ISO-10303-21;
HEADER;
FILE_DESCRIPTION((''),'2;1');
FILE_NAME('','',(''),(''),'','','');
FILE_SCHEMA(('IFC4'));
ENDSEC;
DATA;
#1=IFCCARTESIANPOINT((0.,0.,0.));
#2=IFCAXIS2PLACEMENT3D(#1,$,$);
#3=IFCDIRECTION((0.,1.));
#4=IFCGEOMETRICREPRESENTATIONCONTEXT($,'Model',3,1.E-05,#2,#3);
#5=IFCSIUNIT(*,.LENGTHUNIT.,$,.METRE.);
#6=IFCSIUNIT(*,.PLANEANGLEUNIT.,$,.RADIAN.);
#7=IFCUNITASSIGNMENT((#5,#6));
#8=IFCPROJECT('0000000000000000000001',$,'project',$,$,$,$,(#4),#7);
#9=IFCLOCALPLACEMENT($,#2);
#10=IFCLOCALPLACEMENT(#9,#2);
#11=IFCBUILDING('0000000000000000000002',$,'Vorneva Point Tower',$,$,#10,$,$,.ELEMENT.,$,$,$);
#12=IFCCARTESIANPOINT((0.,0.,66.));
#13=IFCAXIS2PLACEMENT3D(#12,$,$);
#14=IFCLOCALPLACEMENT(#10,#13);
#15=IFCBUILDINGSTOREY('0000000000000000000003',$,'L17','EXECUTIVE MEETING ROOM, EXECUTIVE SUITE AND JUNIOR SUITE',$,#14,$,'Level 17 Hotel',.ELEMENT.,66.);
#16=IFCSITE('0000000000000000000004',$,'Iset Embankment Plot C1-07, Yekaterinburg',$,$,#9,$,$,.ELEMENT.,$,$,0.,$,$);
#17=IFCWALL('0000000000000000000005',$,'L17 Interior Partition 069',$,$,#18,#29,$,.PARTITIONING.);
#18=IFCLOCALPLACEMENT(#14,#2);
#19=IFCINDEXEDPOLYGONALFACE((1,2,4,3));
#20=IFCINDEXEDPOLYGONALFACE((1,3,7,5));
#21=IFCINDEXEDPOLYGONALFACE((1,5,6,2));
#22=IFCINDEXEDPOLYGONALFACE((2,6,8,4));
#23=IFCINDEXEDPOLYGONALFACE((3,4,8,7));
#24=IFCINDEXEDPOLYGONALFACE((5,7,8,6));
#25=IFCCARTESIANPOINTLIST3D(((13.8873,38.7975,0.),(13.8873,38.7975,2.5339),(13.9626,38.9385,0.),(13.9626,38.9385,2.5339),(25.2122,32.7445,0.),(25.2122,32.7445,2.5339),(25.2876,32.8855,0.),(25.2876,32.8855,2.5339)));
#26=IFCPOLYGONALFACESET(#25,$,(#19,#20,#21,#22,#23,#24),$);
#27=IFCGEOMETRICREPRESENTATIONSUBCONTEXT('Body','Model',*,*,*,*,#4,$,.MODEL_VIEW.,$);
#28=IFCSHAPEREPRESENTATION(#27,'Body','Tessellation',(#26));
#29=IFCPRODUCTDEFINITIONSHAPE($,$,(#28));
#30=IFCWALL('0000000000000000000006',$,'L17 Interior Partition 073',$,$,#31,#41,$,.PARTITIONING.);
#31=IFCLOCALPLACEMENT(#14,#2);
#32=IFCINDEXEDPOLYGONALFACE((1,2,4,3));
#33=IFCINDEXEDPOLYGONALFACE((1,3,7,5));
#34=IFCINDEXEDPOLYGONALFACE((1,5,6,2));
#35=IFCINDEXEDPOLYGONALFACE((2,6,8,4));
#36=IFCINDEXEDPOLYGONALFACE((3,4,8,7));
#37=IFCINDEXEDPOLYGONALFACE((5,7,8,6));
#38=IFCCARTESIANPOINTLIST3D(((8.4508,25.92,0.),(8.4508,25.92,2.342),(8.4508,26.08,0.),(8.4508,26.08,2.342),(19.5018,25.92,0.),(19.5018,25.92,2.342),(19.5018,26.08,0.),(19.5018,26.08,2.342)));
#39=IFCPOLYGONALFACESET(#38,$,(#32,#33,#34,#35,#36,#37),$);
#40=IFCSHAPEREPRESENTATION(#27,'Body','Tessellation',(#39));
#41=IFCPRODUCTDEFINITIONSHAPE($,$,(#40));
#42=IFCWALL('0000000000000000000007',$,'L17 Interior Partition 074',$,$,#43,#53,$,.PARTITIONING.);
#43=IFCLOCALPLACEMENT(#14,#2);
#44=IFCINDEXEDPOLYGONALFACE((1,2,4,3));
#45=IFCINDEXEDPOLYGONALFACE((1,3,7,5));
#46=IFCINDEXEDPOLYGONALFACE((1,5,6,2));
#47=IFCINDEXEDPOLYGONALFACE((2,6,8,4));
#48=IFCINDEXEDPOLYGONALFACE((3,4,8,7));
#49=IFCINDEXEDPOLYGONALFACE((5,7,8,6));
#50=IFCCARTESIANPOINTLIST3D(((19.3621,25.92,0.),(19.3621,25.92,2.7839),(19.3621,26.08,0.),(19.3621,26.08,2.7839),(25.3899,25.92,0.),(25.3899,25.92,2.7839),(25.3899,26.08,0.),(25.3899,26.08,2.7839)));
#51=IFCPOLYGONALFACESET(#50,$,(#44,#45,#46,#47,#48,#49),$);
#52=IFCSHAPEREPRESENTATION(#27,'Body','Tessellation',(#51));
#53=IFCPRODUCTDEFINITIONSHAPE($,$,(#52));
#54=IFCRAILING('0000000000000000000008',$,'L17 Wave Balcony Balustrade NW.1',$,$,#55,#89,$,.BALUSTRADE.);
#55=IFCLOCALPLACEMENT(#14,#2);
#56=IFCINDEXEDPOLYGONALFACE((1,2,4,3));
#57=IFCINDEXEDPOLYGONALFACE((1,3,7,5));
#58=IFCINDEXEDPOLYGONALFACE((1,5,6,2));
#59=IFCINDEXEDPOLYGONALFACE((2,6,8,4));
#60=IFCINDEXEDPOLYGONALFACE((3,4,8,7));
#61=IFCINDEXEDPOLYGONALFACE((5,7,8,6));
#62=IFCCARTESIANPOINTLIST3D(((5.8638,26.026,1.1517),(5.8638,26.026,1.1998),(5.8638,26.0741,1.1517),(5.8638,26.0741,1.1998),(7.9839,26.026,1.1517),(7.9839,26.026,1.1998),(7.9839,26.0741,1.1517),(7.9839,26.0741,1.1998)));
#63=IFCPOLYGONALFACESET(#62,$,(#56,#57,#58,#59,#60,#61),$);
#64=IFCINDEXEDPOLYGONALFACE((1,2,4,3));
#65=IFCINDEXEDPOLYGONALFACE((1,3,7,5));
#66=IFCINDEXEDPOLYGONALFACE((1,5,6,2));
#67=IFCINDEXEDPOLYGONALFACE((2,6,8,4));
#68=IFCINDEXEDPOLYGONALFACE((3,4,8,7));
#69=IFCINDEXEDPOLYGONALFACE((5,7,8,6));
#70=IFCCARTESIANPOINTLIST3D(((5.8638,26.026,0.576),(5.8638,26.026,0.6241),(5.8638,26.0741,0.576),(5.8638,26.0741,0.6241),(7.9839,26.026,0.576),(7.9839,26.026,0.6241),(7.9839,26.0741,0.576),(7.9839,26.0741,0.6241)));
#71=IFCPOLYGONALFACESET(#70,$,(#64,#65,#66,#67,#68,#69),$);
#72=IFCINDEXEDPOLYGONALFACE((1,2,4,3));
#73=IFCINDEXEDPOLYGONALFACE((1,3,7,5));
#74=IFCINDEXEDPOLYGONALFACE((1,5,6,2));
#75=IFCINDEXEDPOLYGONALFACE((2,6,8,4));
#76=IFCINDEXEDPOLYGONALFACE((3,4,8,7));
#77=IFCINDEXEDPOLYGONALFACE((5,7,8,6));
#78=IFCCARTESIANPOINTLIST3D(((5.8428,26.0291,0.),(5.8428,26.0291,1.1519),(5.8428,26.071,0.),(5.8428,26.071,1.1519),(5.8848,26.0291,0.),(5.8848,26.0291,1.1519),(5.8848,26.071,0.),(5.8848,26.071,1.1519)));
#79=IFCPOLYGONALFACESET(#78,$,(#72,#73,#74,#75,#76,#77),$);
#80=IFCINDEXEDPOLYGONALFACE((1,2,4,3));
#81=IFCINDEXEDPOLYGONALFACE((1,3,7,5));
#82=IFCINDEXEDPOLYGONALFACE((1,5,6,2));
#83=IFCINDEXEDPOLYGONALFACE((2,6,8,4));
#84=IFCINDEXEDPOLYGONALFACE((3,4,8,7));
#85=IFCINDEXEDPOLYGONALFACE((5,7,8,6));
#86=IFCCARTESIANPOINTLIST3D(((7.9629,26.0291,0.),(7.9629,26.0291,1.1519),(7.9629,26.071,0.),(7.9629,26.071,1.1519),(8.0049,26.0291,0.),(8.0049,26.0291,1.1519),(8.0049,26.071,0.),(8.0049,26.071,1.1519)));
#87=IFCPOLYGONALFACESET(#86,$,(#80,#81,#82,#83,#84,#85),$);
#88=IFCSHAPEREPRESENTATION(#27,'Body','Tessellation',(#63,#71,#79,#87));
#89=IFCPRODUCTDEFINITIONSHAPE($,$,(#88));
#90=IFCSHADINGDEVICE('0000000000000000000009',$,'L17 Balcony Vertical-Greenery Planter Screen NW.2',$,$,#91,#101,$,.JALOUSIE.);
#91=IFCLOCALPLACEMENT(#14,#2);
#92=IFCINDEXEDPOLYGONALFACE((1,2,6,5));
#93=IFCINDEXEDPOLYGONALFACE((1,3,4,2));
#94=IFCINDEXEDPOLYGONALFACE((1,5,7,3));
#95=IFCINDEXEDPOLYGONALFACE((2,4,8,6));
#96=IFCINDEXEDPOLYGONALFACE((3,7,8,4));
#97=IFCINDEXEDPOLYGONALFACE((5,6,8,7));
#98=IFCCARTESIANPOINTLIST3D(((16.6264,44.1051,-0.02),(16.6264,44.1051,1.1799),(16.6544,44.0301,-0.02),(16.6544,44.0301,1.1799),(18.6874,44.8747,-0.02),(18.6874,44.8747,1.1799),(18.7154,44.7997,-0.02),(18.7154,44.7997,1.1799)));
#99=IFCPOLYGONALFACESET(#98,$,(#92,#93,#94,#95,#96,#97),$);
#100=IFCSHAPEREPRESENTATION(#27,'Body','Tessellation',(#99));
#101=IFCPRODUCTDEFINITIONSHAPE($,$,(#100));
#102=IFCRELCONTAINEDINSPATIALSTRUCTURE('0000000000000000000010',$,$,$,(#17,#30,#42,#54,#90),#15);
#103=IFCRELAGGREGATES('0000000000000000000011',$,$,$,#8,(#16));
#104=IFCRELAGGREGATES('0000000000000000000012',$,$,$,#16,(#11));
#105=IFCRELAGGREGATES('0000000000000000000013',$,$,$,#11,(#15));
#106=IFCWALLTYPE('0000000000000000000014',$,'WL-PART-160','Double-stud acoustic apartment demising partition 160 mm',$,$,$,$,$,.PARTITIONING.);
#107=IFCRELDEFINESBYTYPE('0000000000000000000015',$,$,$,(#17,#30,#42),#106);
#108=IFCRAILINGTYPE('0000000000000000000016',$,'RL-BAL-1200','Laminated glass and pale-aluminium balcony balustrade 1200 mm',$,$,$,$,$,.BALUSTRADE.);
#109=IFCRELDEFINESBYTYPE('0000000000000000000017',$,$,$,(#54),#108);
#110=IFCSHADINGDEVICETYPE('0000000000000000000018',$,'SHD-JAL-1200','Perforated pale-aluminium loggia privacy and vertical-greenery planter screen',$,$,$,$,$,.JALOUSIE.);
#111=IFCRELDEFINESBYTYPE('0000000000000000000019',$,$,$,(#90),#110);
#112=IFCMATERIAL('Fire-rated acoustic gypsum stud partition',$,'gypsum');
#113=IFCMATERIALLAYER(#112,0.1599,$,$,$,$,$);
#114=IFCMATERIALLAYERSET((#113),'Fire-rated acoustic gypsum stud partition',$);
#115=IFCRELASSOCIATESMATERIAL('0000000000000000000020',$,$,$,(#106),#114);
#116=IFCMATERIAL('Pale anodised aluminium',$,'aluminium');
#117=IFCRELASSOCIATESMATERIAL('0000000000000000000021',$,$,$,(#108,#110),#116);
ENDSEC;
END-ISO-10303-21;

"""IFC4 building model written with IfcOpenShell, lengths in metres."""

from ifc_helpers import new_model, si_unit, direction, frame, frame_2d, origin, origin_2d, place, context, subcontext, project, spatial, rectangle, extrude, material, layer, layer_set, type_object, element, save


model = new_model("IFC4")

# Units and contexts
model_context = context("Model", 3, precision=1e-05, world=origin(), true_north=direction((0.0, 1.0)))
body_context = subcontext(model_context, "Body", "Model", "MODEL_VIEW")
ifc_project = project(units=[si_unit("LENGTHUNIT", "METRE"), si_unit("PLANEANGLEUNIT", "RADIAN")], contexts=[model_context])

# Site, building, storey
site_placement = place(None, origin())
site = spatial("IfcSite", under=ifc_project, at=site_placement, Name="Iset Embankment Plot C1-07, Yekaterinburg", CompositionType="ELEMENT", RefElevation=0.0)
building_placement = place(site_placement, origin())
building = spatial("IfcBuilding", under=site, at=building_placement, Name="Vorneva Point Tower", CompositionType="ELEMENT")
storey_placement = place(building_placement, frame((0.0, 0.0, 66.0)))
storey = spatial("IfcBuildingStorey", under=building, at=storey_placement, Name="L17", Description="EXECUTIVE MEETING ROOM, EXECUTIVE SUITE AND JUNIOR SUITE", LongName="Level 17 Hotel", CompositionType="ELEMENT", Elevation=66.0)

# Shared definitions
ifc_material_1 = material(Name="Pale anodised aluminium", Category="aluminium")

# Walls
ifc_material_2 = material(Name="Fire-rated acoustic gypsum stud partition", Category="gypsum")
ifc_layer_1 = layer(ifc_material_2, 0.1599)
ifc_layer_set_1 = layer_set([ifc_layer_1], Name="Fire-rated acoustic gypsum stud partition")
wall_type_1 = type_object("IfcWallType", Name="WL-PART-160", Description="Double-stud acoustic apartment demising partition 160 mm", PredefinedType="PARTITIONING", material=ifc_layer_set_1)
wall_1_placement = place(storey_placement, frame((13.925, 38.8679, 0.0), z_axis=(0.0, 0.0, 1.0), x_axis=(0.881932, -0.471377, 0.0)))
element("IfcWall", 1, at=wall_1_placement, inside=storey, type_object=wall_type_1, Name="L17 Interior Partition 069", PredefinedType="PARTITIONING", context=body_context, shape_type="SweptSolid", body=[
    extrude(rectangle(XDim=12.8411, YDim=0.1599, at=frame_2d((6.4204, 0.0))), origin(), (0.0, 0.0, 1.0), 2.5339),
])
wall_2_placement = place(storey_placement, frame((8.4509, 26.0, 0.0), z_axis=(0.0, 0.0, 1.0), x_axis=(1.0, 0.0, 0.0)))
element("IfcWall", 2, at=wall_2_placement, inside=storey, type_object=wall_type_1, Name="L17 Interior Partition 073", PredefinedType="PARTITIONING", context=body_context, shape_type="SweptSolid", body=[
    extrude(rectangle(XDim=11.051, YDim=0.1599, at=frame_2d((5.5254, 0.0))), origin(), (0.0, 0.0, 1.0), 2.342),
])
wall_3_placement = place(storey_placement, frame((19.3621, 26.0, 0.0), z_axis=(0.0, 0.0, 1.0), x_axis=(1.0, 0.0, 0.0)))
element("IfcWall", 3, at=wall_3_placement, inside=storey, type_object=wall_type_1, Name="L17 Interior Partition 074", PredefinedType="PARTITIONING", context=body_context, shape_type="SweptSolid", body=[
    extrude(rectangle(XDim=6.0278, YDim=0.1599, at=frame_2d((3.0139, 0.0))), origin(), (0.0, 0.0, 1.0), 2.7839),
])

# Railing
railing_type = type_object("IfcRailingType", Name="RL-BAL-1200", Description="Laminated glass and pale-aluminium balcony balustrade 1200 mm", PredefinedType="BALUSTRADE", material=ifc_material_1)
railing_placement = place(storey_placement, frame((5.8638, 26.05, 0.0)))
element("IfcRailing", 4, at=railing_placement, inside=storey, type_object=railing_type, Name="L17 Wave Balcony Balustrade NW.1", PredefinedType="BALUSTRADE", context=body_context, shape_type="SweptSolid", body=[
    extrude(rectangle(XDim=0.0481, YDim=0.0481, at=origin_2d()), frame((0.0, 0.0, 1.1758), z_axis=(1.0, 0.0, 0.0), x_axis=(0.0, 1.0, 0.0)), (0.0, 0.0, 1.0), 2.1201),
    extrude(rectangle(XDim=0.0481, YDim=0.0481, at=origin_2d()), frame((0.0, 0.0, 0.6001), z_axis=(1.0, 0.0, 0.0), x_axis=(0.0, 1.0, 0.0)), (0.0, 0.0, 1.0), 2.1201),
    extrude(rectangle(XDim=0.042, YDim=0.042, at=origin_2d()), origin(), (0.0, 0.0, 1.0), 1.1519),
    extrude(rectangle(XDim=0.042, YDim=0.042, at=origin_2d()), frame((2.1201, 0.0, 0.0)), (0.0, 0.0, 1.0), 1.1519),
])

# Shading device
shading_device_type = type_object("IfcShadingDeviceType", Name="SHD-JAL-1200", Description="Perforated pale-aluminium loggia privacy and vertical-greenery planter screen", PredefinedType="JALOUSIE", material=ifc_material_1)
shading_device_placement = place(storey_placement, frame((17.6709, 44.4524, -0.02), z_axis=(0.0, 0.0, 1.0), x_axis=(-0.936819, -0.349815, 0.0)))
element("IfcShadingDevice", 5, at=shading_device_placement, inside=storey, type_object=shading_device_type, Name="L17 Balcony Vertical-Greenery Planter Screen NW.2", PredefinedType="JALOUSIE", context=body_context, shape_type="SweptSolid", body=[
    extrude(rectangle(XDim=2.2, YDim=0.0801, at=origin_2d()), origin(), (0.0, 0.0, 1.0), 1.2),
])

save(model, "model.ifc")
